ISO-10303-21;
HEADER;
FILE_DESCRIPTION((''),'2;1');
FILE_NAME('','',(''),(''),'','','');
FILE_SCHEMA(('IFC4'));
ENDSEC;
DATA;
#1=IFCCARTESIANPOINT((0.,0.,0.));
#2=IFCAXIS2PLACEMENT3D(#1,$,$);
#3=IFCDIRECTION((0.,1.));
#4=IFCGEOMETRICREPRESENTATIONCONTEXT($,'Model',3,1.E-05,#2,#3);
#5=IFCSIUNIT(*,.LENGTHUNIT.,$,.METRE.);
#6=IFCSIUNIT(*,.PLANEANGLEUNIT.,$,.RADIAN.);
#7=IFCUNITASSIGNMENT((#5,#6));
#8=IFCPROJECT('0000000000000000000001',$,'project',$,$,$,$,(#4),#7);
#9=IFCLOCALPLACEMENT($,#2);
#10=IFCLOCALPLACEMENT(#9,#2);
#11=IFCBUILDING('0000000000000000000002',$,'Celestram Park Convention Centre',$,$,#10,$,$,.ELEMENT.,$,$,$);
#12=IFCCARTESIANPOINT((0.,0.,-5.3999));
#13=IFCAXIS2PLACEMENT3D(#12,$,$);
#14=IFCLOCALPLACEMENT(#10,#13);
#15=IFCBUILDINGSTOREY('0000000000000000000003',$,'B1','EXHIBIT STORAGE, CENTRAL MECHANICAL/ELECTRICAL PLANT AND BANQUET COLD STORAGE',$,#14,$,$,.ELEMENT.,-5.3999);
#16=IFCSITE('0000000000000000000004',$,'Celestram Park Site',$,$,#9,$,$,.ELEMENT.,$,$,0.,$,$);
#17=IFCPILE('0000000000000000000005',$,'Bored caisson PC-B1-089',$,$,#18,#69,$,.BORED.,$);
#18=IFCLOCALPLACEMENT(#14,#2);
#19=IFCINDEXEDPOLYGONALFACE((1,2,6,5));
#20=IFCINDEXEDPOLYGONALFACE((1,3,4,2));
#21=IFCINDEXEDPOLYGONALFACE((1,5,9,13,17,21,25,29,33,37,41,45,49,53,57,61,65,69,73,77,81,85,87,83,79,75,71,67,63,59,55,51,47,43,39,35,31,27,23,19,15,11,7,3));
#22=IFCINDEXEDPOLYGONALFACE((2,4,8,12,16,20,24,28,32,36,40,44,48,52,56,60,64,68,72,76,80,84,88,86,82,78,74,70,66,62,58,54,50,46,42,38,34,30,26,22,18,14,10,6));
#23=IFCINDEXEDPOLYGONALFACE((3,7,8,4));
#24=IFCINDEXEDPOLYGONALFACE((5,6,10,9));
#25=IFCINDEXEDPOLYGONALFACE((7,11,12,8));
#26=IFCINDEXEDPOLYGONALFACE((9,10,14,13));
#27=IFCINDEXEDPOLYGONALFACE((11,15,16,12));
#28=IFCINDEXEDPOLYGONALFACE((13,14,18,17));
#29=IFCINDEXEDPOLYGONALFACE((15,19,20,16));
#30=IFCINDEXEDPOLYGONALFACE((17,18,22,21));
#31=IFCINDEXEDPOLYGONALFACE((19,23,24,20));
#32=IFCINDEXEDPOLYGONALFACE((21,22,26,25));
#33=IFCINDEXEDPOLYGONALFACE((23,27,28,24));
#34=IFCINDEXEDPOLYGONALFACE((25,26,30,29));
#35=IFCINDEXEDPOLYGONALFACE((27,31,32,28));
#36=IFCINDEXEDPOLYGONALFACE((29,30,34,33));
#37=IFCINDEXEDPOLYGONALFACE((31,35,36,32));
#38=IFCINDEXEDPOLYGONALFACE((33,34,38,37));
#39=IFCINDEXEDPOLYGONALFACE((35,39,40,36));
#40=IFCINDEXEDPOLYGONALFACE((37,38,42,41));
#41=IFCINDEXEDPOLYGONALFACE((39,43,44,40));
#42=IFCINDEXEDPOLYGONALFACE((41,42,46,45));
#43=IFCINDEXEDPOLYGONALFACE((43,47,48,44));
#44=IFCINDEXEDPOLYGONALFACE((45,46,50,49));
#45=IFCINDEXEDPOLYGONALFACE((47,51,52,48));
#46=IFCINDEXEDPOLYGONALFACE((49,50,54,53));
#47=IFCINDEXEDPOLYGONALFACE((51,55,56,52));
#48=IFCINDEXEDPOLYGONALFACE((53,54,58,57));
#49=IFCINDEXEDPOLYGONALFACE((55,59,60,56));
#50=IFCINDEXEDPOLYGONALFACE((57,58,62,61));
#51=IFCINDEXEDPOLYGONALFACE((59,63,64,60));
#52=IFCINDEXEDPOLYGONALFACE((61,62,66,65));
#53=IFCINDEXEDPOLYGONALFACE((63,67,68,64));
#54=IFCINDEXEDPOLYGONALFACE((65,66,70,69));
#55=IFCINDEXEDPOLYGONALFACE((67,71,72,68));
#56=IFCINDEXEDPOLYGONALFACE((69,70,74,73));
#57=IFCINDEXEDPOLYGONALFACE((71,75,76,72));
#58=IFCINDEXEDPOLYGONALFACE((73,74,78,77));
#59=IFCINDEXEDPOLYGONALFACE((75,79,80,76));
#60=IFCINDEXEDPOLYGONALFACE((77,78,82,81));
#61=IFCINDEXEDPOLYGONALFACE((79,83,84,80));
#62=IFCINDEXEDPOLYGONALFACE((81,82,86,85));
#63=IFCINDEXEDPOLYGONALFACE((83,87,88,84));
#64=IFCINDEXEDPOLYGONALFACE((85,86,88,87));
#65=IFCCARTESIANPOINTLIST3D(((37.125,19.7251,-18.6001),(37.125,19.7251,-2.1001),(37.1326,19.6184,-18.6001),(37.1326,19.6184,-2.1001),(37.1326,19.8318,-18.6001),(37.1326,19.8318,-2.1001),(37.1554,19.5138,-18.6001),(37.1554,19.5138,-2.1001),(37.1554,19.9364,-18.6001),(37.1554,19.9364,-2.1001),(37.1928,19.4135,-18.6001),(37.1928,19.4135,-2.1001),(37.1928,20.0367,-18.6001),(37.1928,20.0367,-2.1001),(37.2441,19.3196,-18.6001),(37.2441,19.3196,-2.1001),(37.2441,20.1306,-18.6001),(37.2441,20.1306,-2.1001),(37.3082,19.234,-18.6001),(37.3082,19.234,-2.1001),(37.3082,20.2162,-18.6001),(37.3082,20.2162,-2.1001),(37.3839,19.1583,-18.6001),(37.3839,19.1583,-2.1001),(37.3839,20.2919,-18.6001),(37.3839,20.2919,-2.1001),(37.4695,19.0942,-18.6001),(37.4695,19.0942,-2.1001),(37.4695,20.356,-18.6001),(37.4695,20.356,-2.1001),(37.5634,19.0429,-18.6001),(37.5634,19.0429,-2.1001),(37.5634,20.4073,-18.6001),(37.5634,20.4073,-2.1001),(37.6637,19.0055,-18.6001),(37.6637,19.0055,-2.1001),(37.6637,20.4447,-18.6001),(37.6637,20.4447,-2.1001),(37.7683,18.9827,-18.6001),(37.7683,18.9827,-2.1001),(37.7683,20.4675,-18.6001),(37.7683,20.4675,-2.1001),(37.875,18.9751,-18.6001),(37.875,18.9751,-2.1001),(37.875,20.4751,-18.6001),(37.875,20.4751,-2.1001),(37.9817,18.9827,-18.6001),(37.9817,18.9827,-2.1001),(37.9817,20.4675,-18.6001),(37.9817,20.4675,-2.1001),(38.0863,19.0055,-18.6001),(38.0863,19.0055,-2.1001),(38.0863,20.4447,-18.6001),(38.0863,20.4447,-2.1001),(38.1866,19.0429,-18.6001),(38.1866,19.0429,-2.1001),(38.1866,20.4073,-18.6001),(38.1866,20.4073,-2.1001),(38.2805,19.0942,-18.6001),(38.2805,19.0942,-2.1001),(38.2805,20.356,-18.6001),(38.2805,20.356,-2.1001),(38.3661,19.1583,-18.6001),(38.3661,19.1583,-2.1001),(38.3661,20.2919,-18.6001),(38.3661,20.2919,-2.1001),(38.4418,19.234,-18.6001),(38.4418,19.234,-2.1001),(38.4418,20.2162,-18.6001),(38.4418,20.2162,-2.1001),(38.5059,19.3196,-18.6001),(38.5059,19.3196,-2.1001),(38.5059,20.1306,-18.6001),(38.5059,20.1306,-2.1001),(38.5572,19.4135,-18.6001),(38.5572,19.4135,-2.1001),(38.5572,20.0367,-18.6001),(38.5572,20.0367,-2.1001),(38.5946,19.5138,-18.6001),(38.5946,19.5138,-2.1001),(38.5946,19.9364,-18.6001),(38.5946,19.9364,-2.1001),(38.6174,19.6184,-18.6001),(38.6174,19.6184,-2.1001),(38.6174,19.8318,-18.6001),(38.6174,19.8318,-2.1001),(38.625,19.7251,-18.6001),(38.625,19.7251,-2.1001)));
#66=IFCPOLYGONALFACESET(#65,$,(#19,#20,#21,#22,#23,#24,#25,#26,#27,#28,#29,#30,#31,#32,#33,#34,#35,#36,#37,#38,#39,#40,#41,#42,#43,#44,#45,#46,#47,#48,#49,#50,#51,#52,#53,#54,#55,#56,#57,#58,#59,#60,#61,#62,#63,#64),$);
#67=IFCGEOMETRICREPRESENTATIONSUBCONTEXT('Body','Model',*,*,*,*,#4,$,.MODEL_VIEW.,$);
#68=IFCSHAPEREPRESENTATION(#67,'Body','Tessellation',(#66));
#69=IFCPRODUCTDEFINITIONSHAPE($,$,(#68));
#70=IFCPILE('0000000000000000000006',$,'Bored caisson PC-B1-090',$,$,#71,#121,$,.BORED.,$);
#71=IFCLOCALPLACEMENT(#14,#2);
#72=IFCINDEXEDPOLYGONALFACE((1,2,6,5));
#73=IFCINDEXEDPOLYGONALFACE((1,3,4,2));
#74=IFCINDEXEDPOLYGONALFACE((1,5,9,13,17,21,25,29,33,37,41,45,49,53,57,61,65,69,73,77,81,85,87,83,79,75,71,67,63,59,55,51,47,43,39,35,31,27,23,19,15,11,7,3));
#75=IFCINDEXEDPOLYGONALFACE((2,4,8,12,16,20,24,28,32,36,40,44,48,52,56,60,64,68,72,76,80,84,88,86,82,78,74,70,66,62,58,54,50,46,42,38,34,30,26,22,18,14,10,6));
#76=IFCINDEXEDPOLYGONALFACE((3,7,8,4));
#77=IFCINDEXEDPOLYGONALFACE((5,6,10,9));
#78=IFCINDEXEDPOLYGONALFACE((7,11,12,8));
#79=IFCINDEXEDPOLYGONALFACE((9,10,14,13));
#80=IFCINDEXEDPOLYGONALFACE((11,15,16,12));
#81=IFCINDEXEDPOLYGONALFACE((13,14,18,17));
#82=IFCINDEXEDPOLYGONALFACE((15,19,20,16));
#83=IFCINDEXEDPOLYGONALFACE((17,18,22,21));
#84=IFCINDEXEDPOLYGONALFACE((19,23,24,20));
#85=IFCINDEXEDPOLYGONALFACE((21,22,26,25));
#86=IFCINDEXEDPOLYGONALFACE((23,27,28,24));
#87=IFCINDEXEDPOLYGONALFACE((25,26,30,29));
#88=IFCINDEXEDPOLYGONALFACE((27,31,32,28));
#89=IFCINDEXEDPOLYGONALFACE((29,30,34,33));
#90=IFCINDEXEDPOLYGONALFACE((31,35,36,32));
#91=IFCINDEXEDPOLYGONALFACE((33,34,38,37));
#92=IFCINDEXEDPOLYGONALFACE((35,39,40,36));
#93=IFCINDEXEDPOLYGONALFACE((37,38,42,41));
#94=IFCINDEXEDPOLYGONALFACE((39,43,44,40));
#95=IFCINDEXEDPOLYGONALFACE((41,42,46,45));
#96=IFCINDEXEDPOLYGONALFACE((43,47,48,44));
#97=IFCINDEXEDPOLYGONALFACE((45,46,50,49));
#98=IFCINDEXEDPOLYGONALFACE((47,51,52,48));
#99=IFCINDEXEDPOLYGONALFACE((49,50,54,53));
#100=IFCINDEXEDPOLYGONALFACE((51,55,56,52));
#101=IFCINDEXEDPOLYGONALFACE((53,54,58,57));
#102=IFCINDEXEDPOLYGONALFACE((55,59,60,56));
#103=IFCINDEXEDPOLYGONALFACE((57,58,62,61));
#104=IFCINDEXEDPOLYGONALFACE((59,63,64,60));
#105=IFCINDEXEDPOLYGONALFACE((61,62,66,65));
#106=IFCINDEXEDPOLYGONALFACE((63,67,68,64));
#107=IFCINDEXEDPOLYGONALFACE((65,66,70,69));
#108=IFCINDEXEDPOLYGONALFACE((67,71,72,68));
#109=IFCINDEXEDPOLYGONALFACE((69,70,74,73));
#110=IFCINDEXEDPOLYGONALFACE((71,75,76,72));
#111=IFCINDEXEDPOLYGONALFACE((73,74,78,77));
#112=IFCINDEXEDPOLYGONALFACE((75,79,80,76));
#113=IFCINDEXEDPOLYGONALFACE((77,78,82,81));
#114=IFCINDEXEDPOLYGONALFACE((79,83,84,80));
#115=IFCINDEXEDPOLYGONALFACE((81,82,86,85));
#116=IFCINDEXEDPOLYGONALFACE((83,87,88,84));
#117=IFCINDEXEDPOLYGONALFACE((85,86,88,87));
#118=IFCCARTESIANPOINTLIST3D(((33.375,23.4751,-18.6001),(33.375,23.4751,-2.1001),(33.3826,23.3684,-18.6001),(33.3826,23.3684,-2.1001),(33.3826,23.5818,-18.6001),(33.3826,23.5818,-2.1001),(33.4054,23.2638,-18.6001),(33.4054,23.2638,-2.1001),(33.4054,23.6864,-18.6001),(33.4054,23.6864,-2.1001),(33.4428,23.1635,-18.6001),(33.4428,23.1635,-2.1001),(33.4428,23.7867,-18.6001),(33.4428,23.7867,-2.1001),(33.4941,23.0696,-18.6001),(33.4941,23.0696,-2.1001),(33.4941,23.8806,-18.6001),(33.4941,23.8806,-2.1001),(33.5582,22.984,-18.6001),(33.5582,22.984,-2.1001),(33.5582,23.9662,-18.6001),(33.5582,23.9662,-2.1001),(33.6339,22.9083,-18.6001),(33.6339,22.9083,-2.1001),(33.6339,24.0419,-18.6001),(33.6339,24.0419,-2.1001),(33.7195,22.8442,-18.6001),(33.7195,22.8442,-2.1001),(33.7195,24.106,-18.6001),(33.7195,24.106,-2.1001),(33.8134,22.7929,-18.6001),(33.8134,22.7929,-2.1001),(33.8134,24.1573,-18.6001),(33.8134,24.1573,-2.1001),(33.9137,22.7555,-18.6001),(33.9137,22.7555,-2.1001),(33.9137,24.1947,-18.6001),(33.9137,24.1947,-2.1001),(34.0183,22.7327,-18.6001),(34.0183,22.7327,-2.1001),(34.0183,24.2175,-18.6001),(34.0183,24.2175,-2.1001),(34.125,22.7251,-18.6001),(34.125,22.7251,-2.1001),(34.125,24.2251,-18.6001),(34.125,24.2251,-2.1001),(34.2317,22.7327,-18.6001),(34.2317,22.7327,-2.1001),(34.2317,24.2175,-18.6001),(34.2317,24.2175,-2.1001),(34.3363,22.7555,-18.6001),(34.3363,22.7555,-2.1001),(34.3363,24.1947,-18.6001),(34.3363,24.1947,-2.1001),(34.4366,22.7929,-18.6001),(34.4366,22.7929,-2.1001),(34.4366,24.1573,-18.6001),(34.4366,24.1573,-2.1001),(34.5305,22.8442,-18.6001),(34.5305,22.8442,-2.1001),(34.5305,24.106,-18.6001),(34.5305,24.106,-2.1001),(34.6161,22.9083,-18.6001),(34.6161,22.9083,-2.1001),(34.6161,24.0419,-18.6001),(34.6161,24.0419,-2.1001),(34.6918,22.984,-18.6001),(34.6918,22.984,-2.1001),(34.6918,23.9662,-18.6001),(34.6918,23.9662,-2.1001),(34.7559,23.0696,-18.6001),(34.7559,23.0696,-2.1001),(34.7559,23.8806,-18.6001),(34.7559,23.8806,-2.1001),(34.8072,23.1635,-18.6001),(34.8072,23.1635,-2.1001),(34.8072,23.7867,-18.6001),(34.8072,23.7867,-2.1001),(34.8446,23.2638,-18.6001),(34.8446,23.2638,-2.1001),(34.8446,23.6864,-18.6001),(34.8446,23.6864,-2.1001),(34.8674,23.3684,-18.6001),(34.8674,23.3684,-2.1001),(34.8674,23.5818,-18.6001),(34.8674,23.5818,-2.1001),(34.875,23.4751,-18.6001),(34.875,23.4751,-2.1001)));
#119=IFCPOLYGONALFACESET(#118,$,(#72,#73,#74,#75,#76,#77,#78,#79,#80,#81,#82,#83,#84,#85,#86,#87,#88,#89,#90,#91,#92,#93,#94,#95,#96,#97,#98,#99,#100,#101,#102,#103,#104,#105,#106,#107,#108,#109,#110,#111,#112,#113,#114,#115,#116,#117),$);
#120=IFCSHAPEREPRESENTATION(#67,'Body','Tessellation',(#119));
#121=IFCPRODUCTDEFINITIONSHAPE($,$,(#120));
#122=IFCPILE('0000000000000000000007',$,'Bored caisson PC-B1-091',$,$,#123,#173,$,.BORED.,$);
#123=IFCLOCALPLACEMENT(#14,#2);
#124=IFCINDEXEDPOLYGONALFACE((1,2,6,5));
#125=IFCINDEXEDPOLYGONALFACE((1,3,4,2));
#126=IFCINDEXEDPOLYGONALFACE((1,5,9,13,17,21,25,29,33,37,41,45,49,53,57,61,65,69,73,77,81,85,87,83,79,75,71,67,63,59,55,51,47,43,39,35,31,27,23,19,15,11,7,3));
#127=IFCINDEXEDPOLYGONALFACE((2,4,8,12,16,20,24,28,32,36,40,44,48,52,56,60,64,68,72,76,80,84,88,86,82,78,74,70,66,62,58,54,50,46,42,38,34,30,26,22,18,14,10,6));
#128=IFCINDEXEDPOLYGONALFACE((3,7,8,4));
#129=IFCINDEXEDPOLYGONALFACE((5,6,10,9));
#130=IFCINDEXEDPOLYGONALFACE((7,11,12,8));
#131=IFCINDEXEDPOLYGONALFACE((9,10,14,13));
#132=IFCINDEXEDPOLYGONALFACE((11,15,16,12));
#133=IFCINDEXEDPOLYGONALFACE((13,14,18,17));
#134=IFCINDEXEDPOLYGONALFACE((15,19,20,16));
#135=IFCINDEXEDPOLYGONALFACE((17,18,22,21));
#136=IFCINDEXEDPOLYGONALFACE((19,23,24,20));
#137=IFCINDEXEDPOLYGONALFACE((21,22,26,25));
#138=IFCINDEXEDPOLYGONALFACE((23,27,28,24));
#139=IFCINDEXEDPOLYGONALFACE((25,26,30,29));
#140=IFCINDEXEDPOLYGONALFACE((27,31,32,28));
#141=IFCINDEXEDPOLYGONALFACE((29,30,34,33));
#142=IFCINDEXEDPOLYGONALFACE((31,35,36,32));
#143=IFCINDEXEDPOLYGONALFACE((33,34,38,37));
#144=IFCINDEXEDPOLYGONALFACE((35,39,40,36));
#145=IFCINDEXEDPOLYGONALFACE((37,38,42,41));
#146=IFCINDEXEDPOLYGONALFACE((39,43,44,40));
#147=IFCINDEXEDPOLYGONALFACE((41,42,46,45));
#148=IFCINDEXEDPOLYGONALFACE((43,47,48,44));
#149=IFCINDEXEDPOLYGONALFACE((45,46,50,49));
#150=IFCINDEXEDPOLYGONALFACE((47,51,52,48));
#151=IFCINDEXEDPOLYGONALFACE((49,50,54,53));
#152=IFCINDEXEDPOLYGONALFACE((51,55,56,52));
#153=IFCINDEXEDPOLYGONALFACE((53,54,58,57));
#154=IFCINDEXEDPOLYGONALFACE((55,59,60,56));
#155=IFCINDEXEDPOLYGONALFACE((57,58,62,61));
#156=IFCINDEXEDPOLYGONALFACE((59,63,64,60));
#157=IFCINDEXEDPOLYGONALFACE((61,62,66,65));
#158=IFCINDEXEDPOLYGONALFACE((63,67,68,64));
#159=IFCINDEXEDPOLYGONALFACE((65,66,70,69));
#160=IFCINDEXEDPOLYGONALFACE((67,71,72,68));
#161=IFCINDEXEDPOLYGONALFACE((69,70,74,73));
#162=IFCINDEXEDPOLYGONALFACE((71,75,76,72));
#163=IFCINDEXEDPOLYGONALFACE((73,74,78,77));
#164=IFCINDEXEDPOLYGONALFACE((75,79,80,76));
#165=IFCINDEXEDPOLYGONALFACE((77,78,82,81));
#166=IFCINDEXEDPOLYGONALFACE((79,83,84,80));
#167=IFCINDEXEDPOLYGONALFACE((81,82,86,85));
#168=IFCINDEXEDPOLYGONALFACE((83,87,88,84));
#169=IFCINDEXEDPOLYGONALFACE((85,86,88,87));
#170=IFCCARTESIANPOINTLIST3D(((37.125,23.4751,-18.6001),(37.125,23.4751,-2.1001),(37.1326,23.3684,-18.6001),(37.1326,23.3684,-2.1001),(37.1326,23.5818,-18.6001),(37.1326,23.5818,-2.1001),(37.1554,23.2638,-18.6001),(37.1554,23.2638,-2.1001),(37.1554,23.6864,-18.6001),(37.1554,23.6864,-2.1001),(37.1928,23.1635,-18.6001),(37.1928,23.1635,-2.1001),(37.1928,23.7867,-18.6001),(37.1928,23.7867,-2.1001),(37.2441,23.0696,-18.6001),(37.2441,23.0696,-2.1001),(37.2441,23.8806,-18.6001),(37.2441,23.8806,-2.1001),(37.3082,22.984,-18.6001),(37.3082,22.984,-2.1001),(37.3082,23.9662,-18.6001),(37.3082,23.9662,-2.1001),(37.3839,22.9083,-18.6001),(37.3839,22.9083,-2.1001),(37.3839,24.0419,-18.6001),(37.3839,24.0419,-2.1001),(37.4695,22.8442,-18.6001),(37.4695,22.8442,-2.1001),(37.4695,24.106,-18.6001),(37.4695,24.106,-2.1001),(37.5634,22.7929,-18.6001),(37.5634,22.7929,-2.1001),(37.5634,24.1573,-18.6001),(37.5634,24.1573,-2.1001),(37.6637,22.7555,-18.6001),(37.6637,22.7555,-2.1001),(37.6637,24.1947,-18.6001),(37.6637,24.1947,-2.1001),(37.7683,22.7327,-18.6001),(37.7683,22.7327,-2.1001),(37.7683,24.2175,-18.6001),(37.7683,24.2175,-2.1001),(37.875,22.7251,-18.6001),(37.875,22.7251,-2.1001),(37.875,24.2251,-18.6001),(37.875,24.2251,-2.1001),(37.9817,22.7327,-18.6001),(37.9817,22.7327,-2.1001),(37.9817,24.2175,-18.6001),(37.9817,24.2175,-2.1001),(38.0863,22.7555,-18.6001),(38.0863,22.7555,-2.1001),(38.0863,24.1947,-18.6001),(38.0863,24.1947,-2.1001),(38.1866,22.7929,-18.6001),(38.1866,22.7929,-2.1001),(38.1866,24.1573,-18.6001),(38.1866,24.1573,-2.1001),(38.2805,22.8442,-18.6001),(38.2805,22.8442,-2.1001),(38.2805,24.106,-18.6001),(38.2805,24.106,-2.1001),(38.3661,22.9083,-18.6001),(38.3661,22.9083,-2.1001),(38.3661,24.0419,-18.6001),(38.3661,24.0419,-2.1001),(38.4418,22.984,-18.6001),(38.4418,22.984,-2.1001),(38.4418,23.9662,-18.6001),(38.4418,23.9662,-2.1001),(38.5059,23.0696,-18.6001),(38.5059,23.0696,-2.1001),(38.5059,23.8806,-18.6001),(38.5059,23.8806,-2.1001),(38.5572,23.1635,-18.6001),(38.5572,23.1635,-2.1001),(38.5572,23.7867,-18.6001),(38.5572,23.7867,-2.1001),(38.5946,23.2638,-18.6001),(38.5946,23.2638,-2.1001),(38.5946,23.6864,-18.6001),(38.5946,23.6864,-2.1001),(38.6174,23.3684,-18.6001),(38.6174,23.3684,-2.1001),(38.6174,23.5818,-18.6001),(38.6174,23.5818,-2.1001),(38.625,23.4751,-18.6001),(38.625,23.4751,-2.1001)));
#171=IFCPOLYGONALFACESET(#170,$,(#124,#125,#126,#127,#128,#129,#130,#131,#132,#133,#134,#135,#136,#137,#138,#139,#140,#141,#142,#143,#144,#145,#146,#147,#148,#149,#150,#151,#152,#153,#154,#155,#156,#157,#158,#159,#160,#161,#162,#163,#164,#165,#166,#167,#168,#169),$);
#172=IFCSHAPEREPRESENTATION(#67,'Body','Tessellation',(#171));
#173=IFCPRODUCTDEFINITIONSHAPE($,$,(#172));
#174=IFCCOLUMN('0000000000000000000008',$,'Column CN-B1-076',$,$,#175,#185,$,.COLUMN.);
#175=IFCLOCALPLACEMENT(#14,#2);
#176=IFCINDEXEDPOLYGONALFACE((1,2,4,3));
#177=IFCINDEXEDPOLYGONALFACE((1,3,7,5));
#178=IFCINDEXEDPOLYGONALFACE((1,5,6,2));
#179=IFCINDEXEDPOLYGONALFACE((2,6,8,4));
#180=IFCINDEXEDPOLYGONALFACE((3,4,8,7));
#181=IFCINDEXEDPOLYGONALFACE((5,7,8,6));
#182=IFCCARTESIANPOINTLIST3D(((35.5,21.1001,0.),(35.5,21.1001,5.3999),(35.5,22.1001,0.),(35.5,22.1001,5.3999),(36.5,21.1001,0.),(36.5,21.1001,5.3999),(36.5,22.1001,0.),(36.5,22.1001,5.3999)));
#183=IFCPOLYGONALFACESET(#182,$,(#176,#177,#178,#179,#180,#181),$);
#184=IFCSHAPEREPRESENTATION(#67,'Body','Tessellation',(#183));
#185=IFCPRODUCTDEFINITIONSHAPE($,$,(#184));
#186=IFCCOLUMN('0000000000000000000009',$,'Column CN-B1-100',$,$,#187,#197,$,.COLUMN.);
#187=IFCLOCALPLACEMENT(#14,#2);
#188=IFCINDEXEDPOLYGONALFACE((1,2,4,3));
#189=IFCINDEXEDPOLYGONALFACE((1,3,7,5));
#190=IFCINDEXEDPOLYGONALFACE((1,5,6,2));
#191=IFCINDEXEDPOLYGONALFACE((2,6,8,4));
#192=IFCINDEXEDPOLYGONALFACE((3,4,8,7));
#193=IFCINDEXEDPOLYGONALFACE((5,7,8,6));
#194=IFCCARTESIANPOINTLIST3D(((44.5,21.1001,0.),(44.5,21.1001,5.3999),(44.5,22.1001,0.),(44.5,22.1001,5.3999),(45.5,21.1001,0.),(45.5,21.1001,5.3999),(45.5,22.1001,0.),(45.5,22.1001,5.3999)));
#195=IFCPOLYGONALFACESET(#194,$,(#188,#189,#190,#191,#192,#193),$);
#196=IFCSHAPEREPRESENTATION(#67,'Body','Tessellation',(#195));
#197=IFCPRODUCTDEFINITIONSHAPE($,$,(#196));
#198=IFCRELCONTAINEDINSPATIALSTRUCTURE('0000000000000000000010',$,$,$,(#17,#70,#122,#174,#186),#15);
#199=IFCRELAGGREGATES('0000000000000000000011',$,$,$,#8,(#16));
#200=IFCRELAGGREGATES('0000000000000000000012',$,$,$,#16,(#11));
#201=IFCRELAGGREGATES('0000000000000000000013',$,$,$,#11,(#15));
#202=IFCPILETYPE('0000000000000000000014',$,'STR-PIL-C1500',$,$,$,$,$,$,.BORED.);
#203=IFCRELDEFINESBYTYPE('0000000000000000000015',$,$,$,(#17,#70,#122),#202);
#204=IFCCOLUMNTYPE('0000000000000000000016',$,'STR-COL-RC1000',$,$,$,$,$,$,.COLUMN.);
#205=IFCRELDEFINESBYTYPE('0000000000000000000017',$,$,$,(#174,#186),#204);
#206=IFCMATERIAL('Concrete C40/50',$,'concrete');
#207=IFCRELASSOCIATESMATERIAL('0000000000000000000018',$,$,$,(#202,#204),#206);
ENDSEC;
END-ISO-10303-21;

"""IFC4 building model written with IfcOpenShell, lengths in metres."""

from ifc_helpers import new_model, si_unit, direction, frame, origin, origin_2d, place, context, subcontext, project, spatial, rectangle, circle, extrude, material, material_profile, profile_set, type_object, element, save


model = new_model("IFC4")

# Units and contexts
model_context = context("Model", 3, precision=1e-05, world=origin(), true_north=direction((0.0, 1.0)))
body_context = subcontext(model_context, "Body", "Model", "MODEL_VIEW")
ifc_project = project(units=[si_unit("LENGTHUNIT", "METRE"), si_unit("PLANEANGLEUNIT", "RADIAN")], contexts=[model_context])

# Site, building, storey
site_placement = place(None, origin())
site = spatial("IfcSite", under=ifc_project, at=site_placement, Name="Celestram Park Site", CompositionType="ELEMENT", RefElevation=0.0)
building_placement = place(site_placement, origin())
building = spatial("IfcBuilding", under=site, at=building_placement, Name="Celestram Park Convention Centre", CompositionType="ELEMENT")
storey_placement = place(building_placement, frame((0.0, 0.0, -5.3999)))
storey = spatial("IfcBuildingStorey", under=building, at=storey_placement, Name="B1", Description="EXHIBIT STORAGE, CENTRAL MECHANICAL/ELECTRICAL PLANT AND BANQUET COLD STORAGE", CompositionType="ELEMENT", Elevation=-5.3999)

# Shared definitions
ifc_material_1 = material(Name="Concrete C40/50", Category="concrete")

# Piles
ifc_material_profile_1 = material_profile(ifc_material_1, circle(Radius=0.75, at=origin_2d()), Name="CAISSON1500")
ifc_profile_set_1 = profile_set([ifc_material_profile_1], Name="Concrete C40/50")
pile_type_1 = type_object("IfcPileType", Name="STR-PIL-C1500", PredefinedType="BORED", material=ifc_profile_set_1)
for number, where, z_axis, x_axis, name in (
    (1, (37.875, 19.7251, -2.1001), (0.0, 0.0, -1.0), (1.0, 0.0, 0.0), "Bored caisson PC-B1-089"),
    (2, (34.125, 23.4751, -2.1001), (0.0, 0.0, -1.0), (1.0, 0.0, 0.0), "Bored caisson PC-B1-090"),
    (3, (37.875, 23.4751, -2.1001), (0.0, 0.0, -1.0), (1.0, 0.0, 0.0), "Bored caisson PC-B1-091"),
):
    element("IfcPile", number, at=place(storey_placement, frame(where, z_axis=z_axis, x_axis=x_axis)), inside=storey, type_object=pile_type_1, Name=name, PredefinedType="BORED", context=body_context, shape_type="SweptSolid", body=[
        extrude(circle(Radius=0.75, at=origin_2d()), origin(), (0.0, 0.0, 1.0), 16.5),
    ])

# Columns
ifc_material_profile_2 = material_profile(ifc_material_1, rectangle(XDim=1.0, YDim=1.0, at=origin_2d()), Name="RC1000X1000")
ifc_profile_set_2 = profile_set([ifc_material_profile_2], Name="Concrete C40/50")
column_type = type_object("IfcColumnType", Name="STR-COL-RC1000", PredefinedType="COLUMN", material=ifc_profile_set_2)
for number, where, z_axis, x_axis, name in (
    (4, (36.0, 21.6001, 0.0), (0.0, 0.0, 1.0), (1.0, 0.0, 0.0), "Column CN-B1-076"),
    (5, (45.0, 21.6001, 0.0), (0.0, 0.0, 1.0), (1.0, 0.0, 0.0), "Column CN-B1-100"),
):
    element("IfcColumn", number, at=place(storey_placement, frame(where, z_axis=z_axis, x_axis=x_axis)), inside=storey, type_object=column_type, Name=name, PredefinedType="COLUMN", context=body_context, shape_type="SweptSolid", body=[
        extrude(rectangle(XDim=1.0, YDim=1.0, at=origin_2d()), origin(), (0.0, 0.0, 1.0), 5.3999),
    ])

save(model, "model.ifc")
